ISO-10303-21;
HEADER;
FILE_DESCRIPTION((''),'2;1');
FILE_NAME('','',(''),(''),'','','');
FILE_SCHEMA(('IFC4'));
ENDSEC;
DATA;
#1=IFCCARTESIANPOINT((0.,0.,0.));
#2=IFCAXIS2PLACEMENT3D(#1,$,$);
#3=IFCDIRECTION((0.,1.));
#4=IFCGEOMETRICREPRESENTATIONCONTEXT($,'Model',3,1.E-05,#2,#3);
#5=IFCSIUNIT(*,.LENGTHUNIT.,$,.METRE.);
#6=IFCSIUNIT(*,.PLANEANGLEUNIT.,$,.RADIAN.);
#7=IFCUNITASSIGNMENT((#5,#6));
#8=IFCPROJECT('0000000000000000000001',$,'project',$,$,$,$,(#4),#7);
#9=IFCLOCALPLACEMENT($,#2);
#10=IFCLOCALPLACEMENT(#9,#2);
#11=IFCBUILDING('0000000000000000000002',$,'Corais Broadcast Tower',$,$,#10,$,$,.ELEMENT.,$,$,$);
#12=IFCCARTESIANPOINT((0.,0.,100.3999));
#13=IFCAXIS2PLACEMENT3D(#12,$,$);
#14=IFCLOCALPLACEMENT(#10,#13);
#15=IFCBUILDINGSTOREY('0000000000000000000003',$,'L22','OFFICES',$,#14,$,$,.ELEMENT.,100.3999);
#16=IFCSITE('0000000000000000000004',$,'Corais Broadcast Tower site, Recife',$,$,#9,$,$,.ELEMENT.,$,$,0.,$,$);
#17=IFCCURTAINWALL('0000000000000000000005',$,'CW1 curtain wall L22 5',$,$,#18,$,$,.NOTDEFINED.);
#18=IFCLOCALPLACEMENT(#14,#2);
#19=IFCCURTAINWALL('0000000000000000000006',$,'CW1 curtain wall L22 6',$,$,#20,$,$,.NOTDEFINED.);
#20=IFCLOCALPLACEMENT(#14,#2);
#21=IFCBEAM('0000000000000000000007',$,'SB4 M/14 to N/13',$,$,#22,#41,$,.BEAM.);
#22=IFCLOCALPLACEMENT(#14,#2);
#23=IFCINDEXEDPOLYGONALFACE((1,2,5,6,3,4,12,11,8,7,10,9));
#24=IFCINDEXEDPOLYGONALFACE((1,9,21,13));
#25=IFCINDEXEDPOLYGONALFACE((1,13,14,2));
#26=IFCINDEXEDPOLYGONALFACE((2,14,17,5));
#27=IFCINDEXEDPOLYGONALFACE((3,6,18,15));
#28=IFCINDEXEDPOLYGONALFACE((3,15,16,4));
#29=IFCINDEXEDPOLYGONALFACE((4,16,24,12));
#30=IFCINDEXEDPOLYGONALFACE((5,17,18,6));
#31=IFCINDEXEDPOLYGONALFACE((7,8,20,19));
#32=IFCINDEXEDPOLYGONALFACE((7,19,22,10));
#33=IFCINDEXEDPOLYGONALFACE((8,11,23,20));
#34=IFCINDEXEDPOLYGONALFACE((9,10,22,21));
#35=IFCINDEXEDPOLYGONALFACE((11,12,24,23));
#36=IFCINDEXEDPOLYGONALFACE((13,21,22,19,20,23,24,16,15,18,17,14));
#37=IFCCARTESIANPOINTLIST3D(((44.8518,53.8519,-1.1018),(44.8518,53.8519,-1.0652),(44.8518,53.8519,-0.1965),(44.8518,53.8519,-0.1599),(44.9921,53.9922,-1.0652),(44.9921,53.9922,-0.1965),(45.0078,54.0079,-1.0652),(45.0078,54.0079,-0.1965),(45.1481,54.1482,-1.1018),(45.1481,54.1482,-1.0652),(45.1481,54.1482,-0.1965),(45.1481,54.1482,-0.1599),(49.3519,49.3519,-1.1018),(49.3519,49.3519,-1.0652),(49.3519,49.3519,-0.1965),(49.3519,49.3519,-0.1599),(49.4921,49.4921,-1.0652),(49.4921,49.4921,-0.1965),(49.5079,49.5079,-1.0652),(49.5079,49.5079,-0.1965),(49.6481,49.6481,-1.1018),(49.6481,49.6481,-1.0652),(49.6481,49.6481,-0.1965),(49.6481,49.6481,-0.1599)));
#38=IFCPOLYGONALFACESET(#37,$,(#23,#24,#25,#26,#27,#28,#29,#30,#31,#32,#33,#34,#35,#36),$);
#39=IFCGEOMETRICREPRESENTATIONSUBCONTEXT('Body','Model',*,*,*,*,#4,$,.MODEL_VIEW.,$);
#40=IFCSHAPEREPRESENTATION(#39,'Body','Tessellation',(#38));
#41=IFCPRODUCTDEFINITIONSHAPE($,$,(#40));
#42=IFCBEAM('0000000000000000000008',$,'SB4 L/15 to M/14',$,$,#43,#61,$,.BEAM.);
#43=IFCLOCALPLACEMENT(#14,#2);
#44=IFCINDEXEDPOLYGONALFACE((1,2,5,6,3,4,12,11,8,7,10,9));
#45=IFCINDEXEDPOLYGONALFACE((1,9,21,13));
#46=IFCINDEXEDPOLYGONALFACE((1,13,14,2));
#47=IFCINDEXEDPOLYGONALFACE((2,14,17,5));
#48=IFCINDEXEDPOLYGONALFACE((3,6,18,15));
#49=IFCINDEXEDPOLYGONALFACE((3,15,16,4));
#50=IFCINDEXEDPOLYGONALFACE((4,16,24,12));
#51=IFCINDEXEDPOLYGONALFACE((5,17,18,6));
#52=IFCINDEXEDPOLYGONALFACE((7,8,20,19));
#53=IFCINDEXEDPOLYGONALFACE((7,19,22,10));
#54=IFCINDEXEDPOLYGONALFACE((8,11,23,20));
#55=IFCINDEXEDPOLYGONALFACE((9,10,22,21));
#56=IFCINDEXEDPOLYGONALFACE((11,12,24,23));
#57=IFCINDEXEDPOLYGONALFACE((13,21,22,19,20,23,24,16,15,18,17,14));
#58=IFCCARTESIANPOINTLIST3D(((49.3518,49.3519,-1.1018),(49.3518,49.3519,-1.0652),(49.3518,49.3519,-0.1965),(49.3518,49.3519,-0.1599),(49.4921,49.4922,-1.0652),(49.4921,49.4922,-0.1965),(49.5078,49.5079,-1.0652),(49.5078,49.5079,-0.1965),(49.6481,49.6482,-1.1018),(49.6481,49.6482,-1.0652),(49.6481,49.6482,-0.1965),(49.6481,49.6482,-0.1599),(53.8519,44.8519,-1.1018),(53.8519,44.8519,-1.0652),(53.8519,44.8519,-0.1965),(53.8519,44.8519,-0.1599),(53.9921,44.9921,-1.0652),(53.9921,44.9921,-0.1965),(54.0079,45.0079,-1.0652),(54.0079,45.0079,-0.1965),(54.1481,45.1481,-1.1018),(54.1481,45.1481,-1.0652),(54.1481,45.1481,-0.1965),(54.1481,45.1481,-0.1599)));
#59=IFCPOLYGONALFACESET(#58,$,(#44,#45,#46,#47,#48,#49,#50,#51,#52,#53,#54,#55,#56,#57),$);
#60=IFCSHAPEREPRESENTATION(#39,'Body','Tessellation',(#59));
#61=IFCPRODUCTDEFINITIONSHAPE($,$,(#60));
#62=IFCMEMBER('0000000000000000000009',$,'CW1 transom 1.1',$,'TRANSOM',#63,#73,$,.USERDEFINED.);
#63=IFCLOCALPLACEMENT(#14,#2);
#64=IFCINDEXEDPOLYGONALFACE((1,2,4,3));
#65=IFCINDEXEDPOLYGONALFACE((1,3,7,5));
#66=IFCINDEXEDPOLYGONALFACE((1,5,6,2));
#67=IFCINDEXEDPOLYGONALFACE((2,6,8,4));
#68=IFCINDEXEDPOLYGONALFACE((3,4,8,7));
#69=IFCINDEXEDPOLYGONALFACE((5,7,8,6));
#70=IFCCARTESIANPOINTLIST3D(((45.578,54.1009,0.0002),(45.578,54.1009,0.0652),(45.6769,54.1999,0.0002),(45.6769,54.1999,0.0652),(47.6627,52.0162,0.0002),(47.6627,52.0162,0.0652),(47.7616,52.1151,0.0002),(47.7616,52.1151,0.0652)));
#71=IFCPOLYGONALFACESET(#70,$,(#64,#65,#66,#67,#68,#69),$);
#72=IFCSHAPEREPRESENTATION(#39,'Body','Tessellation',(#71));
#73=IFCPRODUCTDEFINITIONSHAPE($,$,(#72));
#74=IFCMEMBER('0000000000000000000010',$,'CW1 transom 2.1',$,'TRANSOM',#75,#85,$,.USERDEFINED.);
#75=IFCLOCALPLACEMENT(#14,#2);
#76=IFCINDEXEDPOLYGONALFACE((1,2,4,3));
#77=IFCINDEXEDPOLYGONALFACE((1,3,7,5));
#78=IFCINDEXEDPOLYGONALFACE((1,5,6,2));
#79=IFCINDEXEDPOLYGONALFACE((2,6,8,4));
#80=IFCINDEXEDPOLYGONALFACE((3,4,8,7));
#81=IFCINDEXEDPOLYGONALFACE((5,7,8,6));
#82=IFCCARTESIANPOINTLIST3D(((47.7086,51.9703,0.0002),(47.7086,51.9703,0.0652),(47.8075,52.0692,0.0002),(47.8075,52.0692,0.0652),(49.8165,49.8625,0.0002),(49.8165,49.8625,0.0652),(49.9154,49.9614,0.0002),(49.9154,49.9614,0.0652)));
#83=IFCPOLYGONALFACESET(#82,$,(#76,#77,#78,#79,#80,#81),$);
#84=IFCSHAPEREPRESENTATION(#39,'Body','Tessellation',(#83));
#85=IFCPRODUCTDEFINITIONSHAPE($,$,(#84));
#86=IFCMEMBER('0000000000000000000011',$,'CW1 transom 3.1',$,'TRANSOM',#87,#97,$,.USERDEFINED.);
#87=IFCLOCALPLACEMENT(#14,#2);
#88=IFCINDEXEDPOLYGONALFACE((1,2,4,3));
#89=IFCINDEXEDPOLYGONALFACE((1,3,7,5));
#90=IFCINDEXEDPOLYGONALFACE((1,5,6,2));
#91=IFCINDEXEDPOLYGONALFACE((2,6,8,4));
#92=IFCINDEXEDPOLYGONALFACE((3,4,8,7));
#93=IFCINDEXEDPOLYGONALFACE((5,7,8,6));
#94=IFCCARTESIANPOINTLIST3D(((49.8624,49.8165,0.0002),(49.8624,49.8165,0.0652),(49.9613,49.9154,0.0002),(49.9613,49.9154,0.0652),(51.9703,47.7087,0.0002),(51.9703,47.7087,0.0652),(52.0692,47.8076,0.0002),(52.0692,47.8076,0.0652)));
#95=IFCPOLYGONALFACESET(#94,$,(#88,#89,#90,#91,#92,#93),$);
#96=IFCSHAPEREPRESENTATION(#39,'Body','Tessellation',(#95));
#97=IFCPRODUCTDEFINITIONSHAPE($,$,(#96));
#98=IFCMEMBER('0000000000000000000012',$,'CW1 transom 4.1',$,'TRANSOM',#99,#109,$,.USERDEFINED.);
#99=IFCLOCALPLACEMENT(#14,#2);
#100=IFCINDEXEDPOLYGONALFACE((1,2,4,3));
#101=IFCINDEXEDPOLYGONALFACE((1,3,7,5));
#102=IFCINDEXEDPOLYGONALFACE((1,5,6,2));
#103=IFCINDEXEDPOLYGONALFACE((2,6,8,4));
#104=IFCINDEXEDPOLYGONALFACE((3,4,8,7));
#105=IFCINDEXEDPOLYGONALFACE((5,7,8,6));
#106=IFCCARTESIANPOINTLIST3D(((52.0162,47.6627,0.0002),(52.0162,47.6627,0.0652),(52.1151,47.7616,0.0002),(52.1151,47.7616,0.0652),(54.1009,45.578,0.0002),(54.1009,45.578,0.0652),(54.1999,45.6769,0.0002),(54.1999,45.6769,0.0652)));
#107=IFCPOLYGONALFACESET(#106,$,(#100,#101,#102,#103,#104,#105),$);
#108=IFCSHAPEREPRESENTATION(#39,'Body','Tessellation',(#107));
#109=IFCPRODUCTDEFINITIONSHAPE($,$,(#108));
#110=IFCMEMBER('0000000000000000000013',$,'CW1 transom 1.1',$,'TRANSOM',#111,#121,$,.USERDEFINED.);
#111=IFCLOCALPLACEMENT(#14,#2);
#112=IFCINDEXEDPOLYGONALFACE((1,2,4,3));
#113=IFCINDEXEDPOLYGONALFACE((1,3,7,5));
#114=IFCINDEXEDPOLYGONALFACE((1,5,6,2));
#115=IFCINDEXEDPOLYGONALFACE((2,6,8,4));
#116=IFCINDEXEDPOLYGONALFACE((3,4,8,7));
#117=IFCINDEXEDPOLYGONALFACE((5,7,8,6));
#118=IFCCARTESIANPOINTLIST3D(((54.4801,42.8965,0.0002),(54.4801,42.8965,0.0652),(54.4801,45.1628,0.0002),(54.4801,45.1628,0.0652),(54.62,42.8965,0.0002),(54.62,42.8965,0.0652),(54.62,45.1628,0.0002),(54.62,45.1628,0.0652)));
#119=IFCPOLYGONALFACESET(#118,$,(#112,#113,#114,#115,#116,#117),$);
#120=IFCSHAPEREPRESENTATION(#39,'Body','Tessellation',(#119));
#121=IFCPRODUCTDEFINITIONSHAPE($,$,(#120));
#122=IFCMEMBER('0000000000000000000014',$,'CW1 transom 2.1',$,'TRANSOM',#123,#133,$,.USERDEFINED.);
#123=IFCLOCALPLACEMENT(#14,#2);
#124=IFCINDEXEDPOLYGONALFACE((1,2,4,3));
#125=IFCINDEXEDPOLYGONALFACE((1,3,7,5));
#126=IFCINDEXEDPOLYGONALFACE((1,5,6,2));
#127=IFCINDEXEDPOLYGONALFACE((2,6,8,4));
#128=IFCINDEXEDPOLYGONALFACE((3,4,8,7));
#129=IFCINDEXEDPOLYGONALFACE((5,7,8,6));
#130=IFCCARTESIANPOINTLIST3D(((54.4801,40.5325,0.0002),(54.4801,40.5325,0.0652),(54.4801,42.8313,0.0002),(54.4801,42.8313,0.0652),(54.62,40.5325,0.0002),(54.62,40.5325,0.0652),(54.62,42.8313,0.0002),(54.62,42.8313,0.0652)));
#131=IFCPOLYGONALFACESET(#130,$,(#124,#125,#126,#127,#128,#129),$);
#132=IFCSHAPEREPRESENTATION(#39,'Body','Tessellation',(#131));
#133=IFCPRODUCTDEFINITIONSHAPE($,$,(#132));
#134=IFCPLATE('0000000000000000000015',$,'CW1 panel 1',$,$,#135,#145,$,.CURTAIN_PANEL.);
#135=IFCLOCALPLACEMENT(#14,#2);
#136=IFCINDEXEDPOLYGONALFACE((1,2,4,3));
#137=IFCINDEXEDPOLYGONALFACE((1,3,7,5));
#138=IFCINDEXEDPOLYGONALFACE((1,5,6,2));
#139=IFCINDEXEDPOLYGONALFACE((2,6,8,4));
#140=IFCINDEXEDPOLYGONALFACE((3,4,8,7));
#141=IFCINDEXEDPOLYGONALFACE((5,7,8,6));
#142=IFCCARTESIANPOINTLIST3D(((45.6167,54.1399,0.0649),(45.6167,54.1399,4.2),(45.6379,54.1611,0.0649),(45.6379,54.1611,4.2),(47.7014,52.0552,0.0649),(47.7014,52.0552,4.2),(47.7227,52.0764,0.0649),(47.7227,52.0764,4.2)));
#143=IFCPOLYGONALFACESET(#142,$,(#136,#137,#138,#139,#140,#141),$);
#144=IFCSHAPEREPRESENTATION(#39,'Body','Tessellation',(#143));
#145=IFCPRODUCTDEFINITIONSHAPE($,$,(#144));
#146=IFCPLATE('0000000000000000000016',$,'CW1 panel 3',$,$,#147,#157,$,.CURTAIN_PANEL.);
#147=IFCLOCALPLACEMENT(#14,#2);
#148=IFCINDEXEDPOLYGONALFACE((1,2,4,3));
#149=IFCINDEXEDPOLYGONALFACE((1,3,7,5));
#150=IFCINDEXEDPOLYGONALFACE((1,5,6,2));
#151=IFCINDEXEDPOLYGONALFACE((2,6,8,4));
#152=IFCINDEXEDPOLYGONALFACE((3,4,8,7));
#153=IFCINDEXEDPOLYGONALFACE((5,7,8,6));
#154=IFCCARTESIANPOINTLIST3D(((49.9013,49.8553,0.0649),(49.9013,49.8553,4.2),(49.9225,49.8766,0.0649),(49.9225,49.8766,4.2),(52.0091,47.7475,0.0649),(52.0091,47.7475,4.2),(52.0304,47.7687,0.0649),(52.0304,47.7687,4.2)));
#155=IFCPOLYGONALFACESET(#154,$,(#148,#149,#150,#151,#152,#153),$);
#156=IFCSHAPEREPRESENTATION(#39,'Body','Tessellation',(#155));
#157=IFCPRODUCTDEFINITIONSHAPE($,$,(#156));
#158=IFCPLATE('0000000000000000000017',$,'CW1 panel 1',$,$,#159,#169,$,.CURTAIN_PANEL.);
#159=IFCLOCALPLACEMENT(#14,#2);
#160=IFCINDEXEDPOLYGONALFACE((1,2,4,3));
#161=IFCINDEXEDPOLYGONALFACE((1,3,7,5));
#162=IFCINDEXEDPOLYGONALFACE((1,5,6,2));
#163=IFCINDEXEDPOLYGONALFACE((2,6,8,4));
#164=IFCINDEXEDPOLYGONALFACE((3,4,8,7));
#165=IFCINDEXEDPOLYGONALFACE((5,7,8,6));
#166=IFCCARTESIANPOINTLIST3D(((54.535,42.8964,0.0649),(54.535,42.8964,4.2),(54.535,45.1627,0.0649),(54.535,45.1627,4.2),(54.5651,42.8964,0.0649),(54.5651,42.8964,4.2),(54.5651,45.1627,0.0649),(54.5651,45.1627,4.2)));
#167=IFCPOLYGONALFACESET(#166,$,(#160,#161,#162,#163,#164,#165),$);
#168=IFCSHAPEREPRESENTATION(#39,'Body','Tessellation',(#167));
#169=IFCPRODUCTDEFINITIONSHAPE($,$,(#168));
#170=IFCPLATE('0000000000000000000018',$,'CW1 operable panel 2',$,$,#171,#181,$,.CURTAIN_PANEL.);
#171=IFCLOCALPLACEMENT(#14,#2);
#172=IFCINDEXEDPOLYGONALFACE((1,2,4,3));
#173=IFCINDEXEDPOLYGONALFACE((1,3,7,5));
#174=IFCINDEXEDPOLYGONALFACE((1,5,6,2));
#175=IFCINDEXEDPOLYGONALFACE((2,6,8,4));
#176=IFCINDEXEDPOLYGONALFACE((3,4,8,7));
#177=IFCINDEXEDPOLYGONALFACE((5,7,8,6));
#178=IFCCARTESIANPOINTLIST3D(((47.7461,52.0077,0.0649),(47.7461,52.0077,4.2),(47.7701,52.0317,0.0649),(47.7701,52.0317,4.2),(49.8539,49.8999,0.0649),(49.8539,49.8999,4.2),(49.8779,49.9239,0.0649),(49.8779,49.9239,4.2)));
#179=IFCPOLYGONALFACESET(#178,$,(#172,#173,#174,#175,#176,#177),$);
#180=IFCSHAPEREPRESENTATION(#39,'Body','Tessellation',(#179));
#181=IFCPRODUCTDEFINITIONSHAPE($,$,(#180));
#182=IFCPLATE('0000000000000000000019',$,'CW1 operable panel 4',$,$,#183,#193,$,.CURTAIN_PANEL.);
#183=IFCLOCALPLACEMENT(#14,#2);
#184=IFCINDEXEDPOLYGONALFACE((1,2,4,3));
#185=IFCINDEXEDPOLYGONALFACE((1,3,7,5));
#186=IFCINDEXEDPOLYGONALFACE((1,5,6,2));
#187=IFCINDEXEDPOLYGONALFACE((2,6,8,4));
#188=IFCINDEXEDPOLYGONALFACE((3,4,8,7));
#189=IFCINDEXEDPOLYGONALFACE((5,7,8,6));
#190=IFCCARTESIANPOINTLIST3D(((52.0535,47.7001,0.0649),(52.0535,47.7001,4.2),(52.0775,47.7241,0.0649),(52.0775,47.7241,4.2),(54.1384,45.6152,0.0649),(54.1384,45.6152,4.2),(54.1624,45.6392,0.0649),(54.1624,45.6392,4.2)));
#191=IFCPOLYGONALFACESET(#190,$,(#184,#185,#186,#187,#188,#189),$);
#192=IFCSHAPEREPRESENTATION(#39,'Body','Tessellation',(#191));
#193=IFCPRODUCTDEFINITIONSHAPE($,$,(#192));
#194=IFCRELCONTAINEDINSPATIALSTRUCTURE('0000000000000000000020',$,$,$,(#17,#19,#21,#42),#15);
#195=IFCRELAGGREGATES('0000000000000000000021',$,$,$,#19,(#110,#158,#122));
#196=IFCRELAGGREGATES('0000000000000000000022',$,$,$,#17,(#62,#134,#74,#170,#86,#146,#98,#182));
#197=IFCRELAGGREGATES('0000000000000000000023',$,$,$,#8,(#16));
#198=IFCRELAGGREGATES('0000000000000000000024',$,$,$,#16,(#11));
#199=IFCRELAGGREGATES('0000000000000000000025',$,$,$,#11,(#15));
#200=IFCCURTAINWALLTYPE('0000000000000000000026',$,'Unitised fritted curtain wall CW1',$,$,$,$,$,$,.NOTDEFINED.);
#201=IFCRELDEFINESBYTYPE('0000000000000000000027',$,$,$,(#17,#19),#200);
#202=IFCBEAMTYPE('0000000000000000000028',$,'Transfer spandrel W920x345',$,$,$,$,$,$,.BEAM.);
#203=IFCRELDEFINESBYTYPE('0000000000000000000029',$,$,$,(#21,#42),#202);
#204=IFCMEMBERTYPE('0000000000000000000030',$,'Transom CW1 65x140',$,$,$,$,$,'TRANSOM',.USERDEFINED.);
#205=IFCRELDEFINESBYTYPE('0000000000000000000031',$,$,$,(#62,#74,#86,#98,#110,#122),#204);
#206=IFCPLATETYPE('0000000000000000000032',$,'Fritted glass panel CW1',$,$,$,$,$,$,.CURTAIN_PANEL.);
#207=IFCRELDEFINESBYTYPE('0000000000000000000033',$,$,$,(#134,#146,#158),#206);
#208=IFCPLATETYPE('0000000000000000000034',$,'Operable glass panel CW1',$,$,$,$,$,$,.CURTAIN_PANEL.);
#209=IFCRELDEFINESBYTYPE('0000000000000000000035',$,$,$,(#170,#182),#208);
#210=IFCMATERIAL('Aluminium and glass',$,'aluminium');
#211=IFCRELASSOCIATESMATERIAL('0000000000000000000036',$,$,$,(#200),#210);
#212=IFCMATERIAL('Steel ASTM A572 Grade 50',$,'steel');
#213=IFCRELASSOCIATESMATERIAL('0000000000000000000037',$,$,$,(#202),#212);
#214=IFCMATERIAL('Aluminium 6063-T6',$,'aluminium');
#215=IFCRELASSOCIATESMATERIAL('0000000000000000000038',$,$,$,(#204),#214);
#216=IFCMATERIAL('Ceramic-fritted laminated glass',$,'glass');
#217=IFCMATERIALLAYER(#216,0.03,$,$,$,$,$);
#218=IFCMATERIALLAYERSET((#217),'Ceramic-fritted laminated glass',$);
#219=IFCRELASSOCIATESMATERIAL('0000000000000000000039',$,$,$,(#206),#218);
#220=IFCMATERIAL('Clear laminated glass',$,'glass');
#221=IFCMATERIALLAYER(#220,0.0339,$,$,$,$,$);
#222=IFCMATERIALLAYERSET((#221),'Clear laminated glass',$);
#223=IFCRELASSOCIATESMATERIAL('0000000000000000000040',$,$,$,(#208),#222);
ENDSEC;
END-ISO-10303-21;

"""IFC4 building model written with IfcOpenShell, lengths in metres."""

from ifc_helpers import new_model, si_unit, direction, frame, origin, origin_2d, place, context, subcontext, project, spatial, rectangle, i_section, extrude, material, layer, layer_set, material_profile, profile_set, type_object, element, aggregate, save


model = new_model("IFC4")

# Units and contexts
model_context = context("Model", 3, precision=1e-05, world=origin(), true_north=direction((0.0, 1.0)))
body_context = subcontext(model_context, "Body", "Model", "MODEL_VIEW")
ifc_project = project(units=[si_unit("LENGTHUNIT", "METRE"), si_unit("PLANEANGLEUNIT", "RADIAN")], contexts=[model_context])

# Site, building, storey
site_placement = place(None, origin())
site = spatial("IfcSite", under=ifc_project, at=site_placement, Name="Corais Broadcast Tower site, Recife", CompositionType="ELEMENT", RefElevation=0.0)
building_placement = place(site_placement, origin())
building = spatial("IfcBuilding", under=site, at=building_placement, Name="Corais Broadcast Tower", CompositionType="ELEMENT")
storey_placement = place(building_placement, frame((0.0, 0.0, 100.3999)))
storey = spatial("IfcBuildingStorey", under=building, at=storey_placement, Name="L22", Description="OFFICES", CompositionType="ELEMENT", Elevation=100.3999)

# Shared definitions
ifc_material_1 = material(Name="Aluminium and glass", Category="aluminium")
curtain_wall_type = type_object("IfcCurtainWallType", Name="Unitised fritted curtain wall CW1", PredefinedType="NOTDEFINED", material=ifc_material_1)

# Curtain walls
curtain_wall_1_placement = place(storey_placement, origin())
curtain_wall_1 = element("IfcCurtainWall", 1, at=curtain_wall_1_placement, inside=storey, type_object=curtain_wall_type, Name="CW1 curtain wall L22 5", PredefinedType="NOTDEFINED")
curtain_wall_2_placement = place(storey_placement, origin())
curtain_wall_2 = element("IfcCurtainWall", 2, at=curtain_wall_2_placement, inside=storey, type_object=curtain_wall_type, Name="CW1 curtain wall L22 6", PredefinedType="NOTDEFINED")

# Beams
ifc_material_2 = material(Name="Steel ASTM A572 Grade 50", Category="steel")
ifc_material_profile_1 = material_profile(ifc_material_2, i_section(OverallWidth=0.4189, OverallDepth=0.9419, WebThickness=0.0222, FlangeThickness=0.0366, at=origin_2d()), Name="W920x345")
ifc_profile_set_1 = profile_set([ifc_material_profile_1], Name="Steel ASTM A572 Grade 50")
beam_type_1 = type_object("IfcBeamType", Name="Transfer spandrel W920x345", PredefinedType="BEAM", material=ifc_profile_set_1)
for number, where, z_axis, x_axis, name in (
    (3, (49.5, 49.5, -0.6309), (-0.707107, 0.707107, 0.0), (-0.707107, -0.707107, 0.0), "SB4 M/14 to N/13"),
    (4, (54.0, 45.0, -0.6309), (-0.707107, 0.707107, 0.0), (-0.707107, -0.707107, 0.0), "SB4 L/15 to M/14"),
):
    element("IfcBeam", number, at=place(storey_placement, frame(where, z_axis=z_axis, x_axis=x_axis)), inside=storey, type_object=beam_type_1, Name=name, PredefinedType="BEAM", context=body_context, shape_type="SweptSolid", body=[
        extrude(i_section(OverallWidth=0.4189, OverallDepth=0.9419, WebThickness=0.0222, FlangeThickness=0.0366, at=origin_2d()), origin(), (0.0, 0.0, 1.0), 6.364),
    ])

# Members
ifc_material_3 = material(Name="Aluminium 6063-T6", Category="aluminium")
ifc_material_profile_2 = material_profile(ifc_material_3, rectangle(XDim=0.1399, YDim=0.0649, at=origin_2d()), Name="Transom CW1 65x140")
ifc_profile_set_2 = profile_set([ifc_material_profile_2], Name="Aluminium 6063-T6")
member_type_1 = type_object("IfcMemberType", Name="Transom CW1 65x140", ElementType="TRANSOM", PredefinedType="USERDEFINED", material=ifc_profile_set_2)
member_1_placement = place(storey_placement, frame((45.6274, 54.1504, 0.0327), z_axis=(0.707107, -0.707107, 0.0), x_axis=(0.707107, 0.707107, 0.0)))
member_1 = element("IfcMember", 5, at=member_1_placement, type_object=member_type_1, Name="CW1 transom 1.1", ObjectType="TRANSOM", PredefinedType="USERDEFINED", context=body_context, shape_type="SweptSolid", body=[
    extrude(rectangle(XDim=0.1399, YDim=0.0649, at=origin_2d()), origin(), (0.0, 0.0, 1.0), 2.9482),
])
member_2_placement = place(storey_placement, frame((47.7581, 52.0198, 0.0327), z_axis=(0.707107, -0.707107, 0.0), x_axis=(0.707107, 0.707107, 0.0)))
member_2 = element("IfcMember", 6, at=member_2_placement, type_object=member_type_1, Name="CW1 transom 2.1", ObjectType="TRANSOM", PredefinedType="USERDEFINED", context=body_context, shape_type="SweptSolid", body=[
    extrude(rectangle(XDim=0.1399, YDim=0.0649, at=origin_2d()), origin(), (0.0, 0.0, 1.0), 2.981),
])
member_3_placement = place(storey_placement, frame((49.9119, 49.866, 0.0327), z_axis=(0.707107, -0.707107, 0.0), x_axis=(0.707107, 0.707107, 0.0)))
member_3 = element("IfcMember", 7, at=member_3_placement, type_object=member_type_1, Name="CW1 transom 3.1", ObjectType="TRANSOM", PredefinedType="USERDEFINED", context=body_context, shape_type="SweptSolid", body=[
    extrude(rectangle(XDim=0.1399, YDim=0.0649, at=origin_2d()), origin(), (0.0, 0.0, 1.0), 2.981),
])
member_4_placement = place(storey_placement, frame((52.0657, 47.7122, 0.0327), z_axis=(0.707107, -0.707107, 0.0), x_axis=(0.707107, 0.707107, 0.0)))
member_4 = element("IfcMember", 8, at=member_4_placement, type_object=member_type_1, Name="CW1 transom 4.1", ObjectType="TRANSOM", PredefinedType="USERDEFINED", context=body_context, shape_type="SweptSolid", body=[
    extrude(rectangle(XDim=0.1399, YDim=0.0649, at=origin_2d()), origin(), (0.0, 0.0, 1.0), 2.9482),
])
member_5_placement = place(storey_placement, frame((54.55, 45.1628, 0.0327), z_axis=(0.0, -1.0, 0.0), x_axis=(1.0, 0.0, 0.0)))
member_5 = element("IfcMember", 9, at=member_5_placement, type_object=member_type_1, Name="CW1 transom 1.1", ObjectType="TRANSOM", PredefinedType="USERDEFINED", context=body_context, shape_type="SweptSolid", body=[
    extrude(rectangle(XDim=0.1399, YDim=0.0649, at=origin_2d()), origin(), (0.0, 0.0, 1.0), 2.2664),
])
member_6_placement = place(storey_placement, frame((54.55, 42.8313, 0.0327), z_axis=(0.0, -1.0, 0.0), x_axis=(1.0, 0.0, 0.0)))
member_6 = element("IfcMember", 10, at=member_6_placement, type_object=member_type_1, Name="CW1 transom 2.1", ObjectType="TRANSOM", PredefinedType="USERDEFINED", context=body_context, shape_type="SweptSolid", body=[
    extrude(rectangle(XDim=0.1399, YDim=0.0649, at=origin_2d()), origin(), (0.0, 0.0, 1.0), 2.2988),
])

# Plates
ifc_material_4 = material(Name="Ceramic-fritted laminated glass", Category="glass")
ifc_layer_1 = layer(ifc_material_4, 0.03)
ifc_layer_set_1 = layer_set([ifc_layer_1], Name="Ceramic-fritted laminated glass")
plate_type_1 = type_object("IfcPlateType", Name="Fritted glass panel CW1", PredefinedType="CURTAIN_PANEL", material=ifc_layer_set_1)
plate_1_placement = place(storey_placement, frame((46.6697, 53.1082, 0.0649), z_axis=(0.0, 0.0, 1.0), x_axis=(0.707107, -0.707107, 0.0)))
plate_1 = element("IfcPlate", 11, at=plate_1_placement, type_object=plate_type_1, Name="CW1 panel 1", PredefinedType="CURTAIN_PANEL", context=body_context, shape_type="SweptSolid", body=[
    extrude(rectangle(XDim=2.9482, YDim=0.03, at=origin_2d()), origin(), (0.0, 0.0, 1.0), 4.135),
])
plate_2_placement = place(storey_placement, frame((50.9658, 48.812, 0.0649), z_axis=(0.0, 0.0, 1.0), x_axis=(0.707107, -0.707107, 0.0)))
plate_2 = element("IfcPlate", 12, at=plate_2_placement, type_object=plate_type_1, Name="CW1 panel 3", PredefinedType="CURTAIN_PANEL", context=body_context, shape_type="SweptSolid", body=[
    extrude(rectangle(XDim=2.981, YDim=0.03, at=origin_2d()), origin(), (0.0, 0.0, 1.0), 4.135),
])
plate_3_placement = place(storey_placement, frame((54.55, 44.0295, 0.0649), z_axis=(0.0, 0.0, 1.0), x_axis=(0.0, -1.0, 0.0)))
plate_3 = element("IfcPlate", 13, at=plate_3_placement, type_object=plate_type_1, Name="CW1 panel 1", PredefinedType="CURTAIN_PANEL", context=body_context, shape_type="SweptSolid", body=[
    extrude(rectangle(XDim=2.2664, YDim=0.03, at=origin_2d()), origin(), (0.0, 0.0, 1.0), 4.135),
])
aggregate(curtain_wall_2, [member_5, plate_3, member_6])
ifc_material_5 = material(Name="Clear laminated glass", Category="glass")
ifc_layer_2 = layer(ifc_material_5, 0.0339)
ifc_layer_set_2 = layer_set([ifc_layer_2], Name="Clear laminated glass")
plate_type_2 = type_object("IfcPlateType", Name="Operable glass panel CW1", PredefinedType="CURTAIN_PANEL", material=ifc_layer_set_2)
plate_4_placement = place(storey_placement, frame((48.812, 50.9658, 0.0649), z_axis=(0.0, 0.0, 1.0), x_axis=(0.707107, -0.707107, 0.0)))
plate_4 = element("IfcPlate", 14, at=plate_4_placement, type_object=plate_type_2, Name="CW1 operable panel 2", PredefinedType="CURTAIN_PANEL", context=body_context, shape_type="SweptSolid", body=[
    extrude(rectangle(XDim=2.981, YDim=0.0339, at=origin_2d()), origin(), (0.0, 0.0, 1.0), 4.135),
])
plate_5_placement = place(storey_placement, frame((53.1079, 46.6697, 0.0649), z_axis=(0.0, 0.0, 1.0), x_axis=(0.707107, -0.707107, 0.0)))
plate_5 = element("IfcPlate", 15, at=plate_5_placement, type_object=plate_type_2, Name="CW1 operable panel 4", PredefinedType="CURTAIN_PANEL", context=body_context, shape_type="SweptSolid", body=[
    extrude(rectangle(XDim=2.9485, YDim=0.0339, at=origin_2d()), origin(), (0.0, 0.0, 1.0), 4.135),
])
aggregate(curtain_wall_1, [member_1, plate_1, member_2, plate_4, member_3, plate_2, member_4, plate_5])

save(model, "model.ifc")
